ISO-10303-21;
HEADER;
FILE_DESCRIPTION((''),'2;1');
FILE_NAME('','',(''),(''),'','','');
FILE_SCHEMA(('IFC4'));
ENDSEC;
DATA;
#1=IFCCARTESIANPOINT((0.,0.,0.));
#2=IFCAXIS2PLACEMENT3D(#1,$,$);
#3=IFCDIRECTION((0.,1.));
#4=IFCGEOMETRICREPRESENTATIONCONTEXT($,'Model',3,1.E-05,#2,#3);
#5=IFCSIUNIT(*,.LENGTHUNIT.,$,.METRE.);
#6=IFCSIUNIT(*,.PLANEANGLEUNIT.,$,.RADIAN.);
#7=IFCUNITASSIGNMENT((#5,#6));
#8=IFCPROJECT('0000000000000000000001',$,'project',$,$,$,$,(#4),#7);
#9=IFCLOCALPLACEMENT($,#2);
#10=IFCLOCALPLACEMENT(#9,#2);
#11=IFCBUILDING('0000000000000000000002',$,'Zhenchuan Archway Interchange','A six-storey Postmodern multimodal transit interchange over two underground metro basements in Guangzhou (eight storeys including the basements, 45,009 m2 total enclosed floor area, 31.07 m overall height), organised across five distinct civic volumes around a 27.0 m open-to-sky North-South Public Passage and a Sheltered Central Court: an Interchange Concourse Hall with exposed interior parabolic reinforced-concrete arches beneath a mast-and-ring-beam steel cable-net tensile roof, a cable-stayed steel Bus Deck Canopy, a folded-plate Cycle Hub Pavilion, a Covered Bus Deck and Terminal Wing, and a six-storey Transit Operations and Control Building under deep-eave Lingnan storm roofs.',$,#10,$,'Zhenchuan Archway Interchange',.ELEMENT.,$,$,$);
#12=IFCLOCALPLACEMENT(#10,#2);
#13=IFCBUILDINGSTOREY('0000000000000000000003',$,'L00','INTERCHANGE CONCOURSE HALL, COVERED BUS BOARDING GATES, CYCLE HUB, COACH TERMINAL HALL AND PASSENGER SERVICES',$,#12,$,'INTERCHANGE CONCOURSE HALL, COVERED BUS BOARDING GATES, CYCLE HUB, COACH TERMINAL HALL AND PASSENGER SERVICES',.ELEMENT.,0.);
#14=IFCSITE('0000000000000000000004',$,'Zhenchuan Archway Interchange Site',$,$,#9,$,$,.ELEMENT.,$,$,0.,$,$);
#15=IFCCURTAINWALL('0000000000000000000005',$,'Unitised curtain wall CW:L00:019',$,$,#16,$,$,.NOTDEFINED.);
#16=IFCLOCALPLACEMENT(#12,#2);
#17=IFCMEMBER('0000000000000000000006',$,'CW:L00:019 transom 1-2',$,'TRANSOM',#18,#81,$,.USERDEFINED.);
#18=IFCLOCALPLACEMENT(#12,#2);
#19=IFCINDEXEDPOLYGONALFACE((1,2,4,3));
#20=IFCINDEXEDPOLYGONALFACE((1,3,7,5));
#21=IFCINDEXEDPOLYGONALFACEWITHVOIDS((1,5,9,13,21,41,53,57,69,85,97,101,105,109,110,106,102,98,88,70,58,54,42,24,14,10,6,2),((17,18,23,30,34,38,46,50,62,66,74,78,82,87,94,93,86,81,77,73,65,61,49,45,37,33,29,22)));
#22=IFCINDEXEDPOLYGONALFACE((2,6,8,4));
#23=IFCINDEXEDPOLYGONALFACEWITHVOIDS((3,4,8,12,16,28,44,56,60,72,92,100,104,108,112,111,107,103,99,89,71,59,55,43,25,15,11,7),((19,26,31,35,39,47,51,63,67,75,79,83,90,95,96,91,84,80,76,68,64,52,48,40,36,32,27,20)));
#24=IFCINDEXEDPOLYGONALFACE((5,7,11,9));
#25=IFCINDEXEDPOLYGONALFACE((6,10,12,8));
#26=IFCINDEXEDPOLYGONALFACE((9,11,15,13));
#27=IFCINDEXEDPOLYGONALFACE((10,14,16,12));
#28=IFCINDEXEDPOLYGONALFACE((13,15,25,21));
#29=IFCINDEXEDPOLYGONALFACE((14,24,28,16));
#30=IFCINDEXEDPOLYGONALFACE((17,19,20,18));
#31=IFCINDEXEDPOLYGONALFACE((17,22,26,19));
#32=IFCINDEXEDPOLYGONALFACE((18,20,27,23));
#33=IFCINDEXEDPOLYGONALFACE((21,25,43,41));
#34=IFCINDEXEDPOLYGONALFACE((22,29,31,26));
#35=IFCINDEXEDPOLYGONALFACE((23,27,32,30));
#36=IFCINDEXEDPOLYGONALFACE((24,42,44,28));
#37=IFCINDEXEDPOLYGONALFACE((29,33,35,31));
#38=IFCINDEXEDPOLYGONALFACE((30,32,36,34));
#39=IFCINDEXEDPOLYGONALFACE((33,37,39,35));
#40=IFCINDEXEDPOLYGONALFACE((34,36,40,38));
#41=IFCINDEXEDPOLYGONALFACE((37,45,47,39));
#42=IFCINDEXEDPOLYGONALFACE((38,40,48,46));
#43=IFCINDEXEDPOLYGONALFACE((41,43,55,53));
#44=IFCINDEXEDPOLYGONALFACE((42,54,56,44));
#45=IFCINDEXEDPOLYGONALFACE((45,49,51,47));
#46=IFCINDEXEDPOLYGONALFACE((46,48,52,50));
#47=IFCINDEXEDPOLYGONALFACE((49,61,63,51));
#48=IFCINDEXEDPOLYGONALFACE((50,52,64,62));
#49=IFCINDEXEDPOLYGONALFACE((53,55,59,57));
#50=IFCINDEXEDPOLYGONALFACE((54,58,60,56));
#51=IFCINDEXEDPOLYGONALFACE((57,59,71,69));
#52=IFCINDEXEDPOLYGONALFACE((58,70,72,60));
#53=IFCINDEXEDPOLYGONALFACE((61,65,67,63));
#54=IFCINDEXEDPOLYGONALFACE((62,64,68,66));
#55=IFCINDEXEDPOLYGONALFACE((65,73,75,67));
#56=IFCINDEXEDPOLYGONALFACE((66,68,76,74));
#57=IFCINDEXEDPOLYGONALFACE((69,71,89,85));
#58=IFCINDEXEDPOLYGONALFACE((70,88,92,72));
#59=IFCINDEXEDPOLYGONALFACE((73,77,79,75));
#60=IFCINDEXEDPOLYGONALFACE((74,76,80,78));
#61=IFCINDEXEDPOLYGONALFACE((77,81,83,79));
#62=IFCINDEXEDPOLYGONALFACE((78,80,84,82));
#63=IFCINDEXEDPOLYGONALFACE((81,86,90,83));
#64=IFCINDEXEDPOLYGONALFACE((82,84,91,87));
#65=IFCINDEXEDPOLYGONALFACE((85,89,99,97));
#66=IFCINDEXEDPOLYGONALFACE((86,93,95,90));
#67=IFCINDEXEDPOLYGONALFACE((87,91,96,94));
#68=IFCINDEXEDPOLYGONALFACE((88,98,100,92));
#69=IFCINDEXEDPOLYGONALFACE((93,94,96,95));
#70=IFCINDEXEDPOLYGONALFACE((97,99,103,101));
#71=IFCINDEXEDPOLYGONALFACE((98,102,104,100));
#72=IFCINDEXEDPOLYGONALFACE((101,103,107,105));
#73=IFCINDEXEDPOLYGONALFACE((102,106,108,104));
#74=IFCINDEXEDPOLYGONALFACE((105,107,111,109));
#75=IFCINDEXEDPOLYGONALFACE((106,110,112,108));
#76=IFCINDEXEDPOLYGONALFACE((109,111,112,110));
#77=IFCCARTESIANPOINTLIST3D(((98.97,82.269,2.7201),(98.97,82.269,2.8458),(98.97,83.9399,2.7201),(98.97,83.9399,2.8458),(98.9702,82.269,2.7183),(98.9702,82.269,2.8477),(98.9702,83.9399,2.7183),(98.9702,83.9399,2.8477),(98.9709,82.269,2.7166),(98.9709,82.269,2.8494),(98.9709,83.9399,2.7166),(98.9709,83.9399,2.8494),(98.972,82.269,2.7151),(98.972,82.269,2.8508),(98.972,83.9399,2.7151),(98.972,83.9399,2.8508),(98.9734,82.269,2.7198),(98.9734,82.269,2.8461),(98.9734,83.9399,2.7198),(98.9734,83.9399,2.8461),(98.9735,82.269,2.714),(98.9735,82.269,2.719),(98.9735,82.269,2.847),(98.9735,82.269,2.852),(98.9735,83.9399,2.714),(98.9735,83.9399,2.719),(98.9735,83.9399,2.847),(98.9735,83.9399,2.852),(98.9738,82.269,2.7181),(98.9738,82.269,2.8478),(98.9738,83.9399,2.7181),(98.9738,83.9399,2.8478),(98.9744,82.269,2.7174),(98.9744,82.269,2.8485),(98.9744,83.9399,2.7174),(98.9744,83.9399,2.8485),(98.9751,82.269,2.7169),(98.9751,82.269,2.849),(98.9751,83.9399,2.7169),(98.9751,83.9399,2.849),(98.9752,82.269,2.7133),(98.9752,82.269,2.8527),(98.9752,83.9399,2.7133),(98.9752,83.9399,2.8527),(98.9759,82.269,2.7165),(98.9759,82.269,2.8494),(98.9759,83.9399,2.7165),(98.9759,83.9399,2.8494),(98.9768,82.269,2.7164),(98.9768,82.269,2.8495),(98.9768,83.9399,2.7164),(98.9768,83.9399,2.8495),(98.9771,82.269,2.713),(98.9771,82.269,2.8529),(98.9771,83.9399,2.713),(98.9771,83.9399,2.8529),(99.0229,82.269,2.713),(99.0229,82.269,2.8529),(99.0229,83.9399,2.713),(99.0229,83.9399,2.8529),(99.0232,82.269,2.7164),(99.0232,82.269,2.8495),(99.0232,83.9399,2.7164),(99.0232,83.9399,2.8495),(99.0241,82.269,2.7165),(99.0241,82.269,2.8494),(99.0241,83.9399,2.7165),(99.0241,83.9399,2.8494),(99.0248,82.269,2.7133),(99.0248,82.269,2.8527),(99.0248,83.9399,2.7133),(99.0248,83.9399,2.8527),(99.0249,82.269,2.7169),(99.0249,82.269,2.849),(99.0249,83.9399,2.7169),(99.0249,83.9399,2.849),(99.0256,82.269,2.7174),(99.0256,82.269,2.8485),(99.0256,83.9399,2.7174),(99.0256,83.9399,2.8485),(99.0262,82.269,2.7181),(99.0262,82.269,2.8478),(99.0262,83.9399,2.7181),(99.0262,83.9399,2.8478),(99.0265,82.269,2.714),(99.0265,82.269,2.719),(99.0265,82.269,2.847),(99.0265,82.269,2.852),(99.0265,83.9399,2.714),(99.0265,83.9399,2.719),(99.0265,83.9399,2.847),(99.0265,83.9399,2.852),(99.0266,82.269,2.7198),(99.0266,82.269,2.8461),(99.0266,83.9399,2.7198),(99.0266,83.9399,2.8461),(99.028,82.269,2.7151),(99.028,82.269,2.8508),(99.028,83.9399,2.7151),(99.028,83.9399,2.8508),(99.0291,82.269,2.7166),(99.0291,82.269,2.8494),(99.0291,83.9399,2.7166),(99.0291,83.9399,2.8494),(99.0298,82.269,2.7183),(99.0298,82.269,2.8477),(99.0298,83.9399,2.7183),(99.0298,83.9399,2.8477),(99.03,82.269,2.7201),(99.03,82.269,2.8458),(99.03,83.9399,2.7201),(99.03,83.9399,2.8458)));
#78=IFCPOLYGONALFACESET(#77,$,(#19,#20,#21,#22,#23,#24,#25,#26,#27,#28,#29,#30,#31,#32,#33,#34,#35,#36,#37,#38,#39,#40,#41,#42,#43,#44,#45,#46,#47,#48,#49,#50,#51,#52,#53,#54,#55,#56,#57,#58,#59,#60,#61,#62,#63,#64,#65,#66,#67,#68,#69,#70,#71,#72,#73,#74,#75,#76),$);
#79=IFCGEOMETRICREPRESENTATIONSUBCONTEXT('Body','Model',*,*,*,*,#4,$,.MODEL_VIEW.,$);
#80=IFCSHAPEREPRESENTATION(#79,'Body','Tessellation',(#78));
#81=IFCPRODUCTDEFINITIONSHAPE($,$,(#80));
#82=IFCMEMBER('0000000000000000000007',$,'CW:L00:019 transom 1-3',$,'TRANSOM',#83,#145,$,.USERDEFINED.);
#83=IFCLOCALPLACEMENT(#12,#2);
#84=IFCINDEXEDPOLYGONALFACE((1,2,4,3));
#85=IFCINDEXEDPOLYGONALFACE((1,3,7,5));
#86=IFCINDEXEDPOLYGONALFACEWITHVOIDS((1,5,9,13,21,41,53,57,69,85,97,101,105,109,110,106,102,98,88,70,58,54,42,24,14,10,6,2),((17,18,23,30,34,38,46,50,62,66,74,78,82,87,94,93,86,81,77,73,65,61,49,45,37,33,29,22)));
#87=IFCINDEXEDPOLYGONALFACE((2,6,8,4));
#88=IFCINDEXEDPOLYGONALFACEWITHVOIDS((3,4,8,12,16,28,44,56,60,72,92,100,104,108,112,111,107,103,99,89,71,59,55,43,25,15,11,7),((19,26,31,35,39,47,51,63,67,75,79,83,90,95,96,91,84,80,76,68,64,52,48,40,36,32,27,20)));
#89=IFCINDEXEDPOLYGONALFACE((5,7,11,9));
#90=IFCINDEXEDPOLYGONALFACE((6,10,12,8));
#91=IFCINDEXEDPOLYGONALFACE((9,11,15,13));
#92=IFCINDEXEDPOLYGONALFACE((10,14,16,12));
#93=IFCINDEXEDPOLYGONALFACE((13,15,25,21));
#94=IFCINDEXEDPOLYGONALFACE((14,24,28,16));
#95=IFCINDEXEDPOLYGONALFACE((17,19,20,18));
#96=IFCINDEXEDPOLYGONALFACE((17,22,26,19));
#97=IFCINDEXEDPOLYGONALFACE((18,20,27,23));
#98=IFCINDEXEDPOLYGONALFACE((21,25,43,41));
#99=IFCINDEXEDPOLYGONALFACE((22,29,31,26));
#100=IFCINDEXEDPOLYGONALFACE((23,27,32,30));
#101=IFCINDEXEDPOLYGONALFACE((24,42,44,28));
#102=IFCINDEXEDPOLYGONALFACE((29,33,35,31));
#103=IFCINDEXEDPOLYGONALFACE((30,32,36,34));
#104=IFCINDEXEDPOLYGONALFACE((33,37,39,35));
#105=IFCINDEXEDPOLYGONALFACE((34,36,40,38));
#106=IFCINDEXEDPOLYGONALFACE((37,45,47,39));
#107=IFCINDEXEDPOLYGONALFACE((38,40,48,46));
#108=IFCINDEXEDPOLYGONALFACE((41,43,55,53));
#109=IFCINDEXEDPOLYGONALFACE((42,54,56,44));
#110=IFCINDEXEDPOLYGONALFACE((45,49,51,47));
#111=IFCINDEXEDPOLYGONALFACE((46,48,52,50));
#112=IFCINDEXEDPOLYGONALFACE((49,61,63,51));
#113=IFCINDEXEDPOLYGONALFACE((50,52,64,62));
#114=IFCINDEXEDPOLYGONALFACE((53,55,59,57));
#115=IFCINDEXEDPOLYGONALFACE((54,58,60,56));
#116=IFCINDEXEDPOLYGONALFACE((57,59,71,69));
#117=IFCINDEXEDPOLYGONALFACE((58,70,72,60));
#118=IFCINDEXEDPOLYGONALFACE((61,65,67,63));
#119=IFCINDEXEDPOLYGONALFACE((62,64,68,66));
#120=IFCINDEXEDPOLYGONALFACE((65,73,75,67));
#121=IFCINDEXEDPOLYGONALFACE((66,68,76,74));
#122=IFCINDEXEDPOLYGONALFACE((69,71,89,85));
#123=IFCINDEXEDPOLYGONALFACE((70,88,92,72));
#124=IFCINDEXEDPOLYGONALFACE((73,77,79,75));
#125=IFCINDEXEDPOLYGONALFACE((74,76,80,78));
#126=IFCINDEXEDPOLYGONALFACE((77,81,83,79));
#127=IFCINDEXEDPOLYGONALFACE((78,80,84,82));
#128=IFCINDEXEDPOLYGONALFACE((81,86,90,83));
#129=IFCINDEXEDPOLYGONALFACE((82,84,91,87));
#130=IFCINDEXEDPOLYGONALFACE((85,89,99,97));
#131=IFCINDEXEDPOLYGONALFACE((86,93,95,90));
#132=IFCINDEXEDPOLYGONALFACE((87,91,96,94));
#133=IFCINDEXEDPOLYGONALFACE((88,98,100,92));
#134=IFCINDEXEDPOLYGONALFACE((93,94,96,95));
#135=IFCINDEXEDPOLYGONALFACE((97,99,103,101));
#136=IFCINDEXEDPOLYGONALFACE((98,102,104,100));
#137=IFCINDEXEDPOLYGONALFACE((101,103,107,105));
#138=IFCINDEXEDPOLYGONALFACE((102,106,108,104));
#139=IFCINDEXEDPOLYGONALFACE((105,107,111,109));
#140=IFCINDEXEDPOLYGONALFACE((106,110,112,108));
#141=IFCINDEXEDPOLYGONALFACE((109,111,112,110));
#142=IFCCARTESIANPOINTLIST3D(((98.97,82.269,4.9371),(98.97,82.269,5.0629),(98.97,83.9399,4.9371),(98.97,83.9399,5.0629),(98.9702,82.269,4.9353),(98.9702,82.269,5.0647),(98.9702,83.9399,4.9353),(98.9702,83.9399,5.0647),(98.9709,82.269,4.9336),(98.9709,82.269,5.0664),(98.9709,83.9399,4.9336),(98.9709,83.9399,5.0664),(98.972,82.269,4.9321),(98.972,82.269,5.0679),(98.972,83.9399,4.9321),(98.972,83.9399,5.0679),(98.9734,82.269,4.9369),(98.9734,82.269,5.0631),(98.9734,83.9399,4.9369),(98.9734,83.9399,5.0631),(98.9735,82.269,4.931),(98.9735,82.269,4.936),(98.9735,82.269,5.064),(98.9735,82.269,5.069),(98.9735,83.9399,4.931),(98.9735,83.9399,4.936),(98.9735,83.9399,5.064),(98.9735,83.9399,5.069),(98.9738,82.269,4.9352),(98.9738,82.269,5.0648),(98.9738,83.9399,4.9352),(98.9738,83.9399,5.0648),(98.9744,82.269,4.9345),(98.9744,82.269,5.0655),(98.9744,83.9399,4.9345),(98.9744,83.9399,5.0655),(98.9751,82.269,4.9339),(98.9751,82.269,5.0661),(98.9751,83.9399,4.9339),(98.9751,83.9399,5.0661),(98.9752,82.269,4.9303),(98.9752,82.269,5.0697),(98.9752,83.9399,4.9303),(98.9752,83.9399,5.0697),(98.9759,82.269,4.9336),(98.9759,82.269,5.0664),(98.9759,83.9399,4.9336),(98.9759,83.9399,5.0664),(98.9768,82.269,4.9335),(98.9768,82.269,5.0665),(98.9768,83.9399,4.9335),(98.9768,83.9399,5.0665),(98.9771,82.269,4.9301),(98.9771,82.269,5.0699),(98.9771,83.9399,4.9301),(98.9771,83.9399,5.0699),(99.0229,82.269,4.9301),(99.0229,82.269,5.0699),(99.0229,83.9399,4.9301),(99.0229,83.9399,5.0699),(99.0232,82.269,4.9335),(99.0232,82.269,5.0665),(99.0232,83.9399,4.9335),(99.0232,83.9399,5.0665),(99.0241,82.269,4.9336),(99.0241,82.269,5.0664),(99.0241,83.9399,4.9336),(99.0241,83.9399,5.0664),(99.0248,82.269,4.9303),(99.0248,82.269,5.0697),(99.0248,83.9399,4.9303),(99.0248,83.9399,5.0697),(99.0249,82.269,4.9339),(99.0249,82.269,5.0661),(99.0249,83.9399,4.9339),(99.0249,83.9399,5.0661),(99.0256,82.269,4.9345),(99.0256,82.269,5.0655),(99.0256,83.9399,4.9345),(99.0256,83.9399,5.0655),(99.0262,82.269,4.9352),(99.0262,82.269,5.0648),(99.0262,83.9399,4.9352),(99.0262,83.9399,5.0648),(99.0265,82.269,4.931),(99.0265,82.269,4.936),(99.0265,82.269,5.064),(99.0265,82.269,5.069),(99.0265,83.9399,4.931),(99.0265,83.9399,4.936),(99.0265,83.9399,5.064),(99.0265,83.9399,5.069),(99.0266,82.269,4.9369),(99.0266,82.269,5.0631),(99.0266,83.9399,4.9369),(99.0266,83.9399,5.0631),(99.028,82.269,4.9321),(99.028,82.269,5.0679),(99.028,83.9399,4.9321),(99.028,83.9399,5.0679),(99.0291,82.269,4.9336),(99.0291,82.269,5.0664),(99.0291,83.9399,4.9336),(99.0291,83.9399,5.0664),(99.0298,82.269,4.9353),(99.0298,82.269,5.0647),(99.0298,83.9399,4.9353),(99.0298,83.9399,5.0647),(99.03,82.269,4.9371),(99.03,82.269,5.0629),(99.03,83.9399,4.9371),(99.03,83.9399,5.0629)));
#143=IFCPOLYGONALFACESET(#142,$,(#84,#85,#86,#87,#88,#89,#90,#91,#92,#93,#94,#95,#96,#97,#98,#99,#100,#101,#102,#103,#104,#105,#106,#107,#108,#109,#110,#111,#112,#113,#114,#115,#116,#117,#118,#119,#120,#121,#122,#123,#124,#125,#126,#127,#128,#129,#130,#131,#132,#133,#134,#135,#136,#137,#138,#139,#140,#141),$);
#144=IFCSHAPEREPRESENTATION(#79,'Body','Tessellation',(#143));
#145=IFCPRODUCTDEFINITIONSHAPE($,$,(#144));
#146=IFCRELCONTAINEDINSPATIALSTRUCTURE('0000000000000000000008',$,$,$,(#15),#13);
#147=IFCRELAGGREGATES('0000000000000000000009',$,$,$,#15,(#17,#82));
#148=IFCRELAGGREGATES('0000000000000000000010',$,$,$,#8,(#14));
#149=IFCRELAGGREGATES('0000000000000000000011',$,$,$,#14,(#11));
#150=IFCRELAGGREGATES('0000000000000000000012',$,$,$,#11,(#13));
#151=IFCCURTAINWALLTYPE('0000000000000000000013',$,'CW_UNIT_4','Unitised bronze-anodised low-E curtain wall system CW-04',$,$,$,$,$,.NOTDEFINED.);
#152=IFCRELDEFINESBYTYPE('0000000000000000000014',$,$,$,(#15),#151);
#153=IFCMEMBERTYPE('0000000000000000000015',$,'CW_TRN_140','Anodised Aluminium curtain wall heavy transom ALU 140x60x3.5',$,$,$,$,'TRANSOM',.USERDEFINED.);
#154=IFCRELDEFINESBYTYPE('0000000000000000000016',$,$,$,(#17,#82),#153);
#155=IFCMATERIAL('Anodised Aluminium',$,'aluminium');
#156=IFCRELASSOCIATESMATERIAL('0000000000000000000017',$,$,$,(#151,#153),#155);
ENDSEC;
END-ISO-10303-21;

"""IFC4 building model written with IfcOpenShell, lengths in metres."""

from ifc_helpers import new_model, si_unit, direction, frame, origin, origin_2d, place, context, subcontext, project, spatial, hollow_rectangle, extrude, material, material_profile, profile_set, type_object, element, aggregate, save


model = new_model("IFC4")

# Units and contexts
model_context = context("Model", 3, precision=1e-05, world=origin(), true_north=direction((0.0, 1.0)))
body_context = subcontext(model_context, "Body", "Model", "MODEL_VIEW")
ifc_project = project(units=[si_unit("LENGTHUNIT", "METRE"), si_unit("PLANEANGLEUNIT", "RADIAN")], contexts=[model_context])

# Site, building, storey
site_placement = place(None, origin())
site = spatial("IfcSite", under=ifc_project, at=site_placement, Name="Zhenchuan Archway Interchange Site", CompositionType="ELEMENT", RefElevation=0.0)
building_placement = place(site_placement, origin())
building = spatial("IfcBuilding", under=site, at=building_placement, Name="Zhenchuan Archway Interchange", Description="A six-storey Postmodern multimodal transit interchange over two underground metro basements in Guangzhou (eight storeys including the basements, 45,009 m2 total enclosed floor area, 31.07 m overall height), organised across five distinct civic volumes around a 27.0 m open-to-sky North-South Public Passage and a Sheltered Central Court: an Interchange Concourse Hall with exposed interior parabolic reinforced-concrete arches beneath a mast-and-ring-beam steel cable-net tensile roof, a cable-stayed steel Bus Deck Canopy, a folded-plate Cycle Hub Pavilion, a Covered Bus Deck and Terminal Wing, and a six-storey Transit Operations and Control Building under deep-eave Lingnan storm roofs.", LongName="Zhenchuan Archway Interchange", CompositionType="ELEMENT")
storey_placement = place(building_placement, origin())
storey = spatial("IfcBuildingStorey", under=building, at=storey_placement, Name="L00", Description="INTERCHANGE CONCOURSE HALL, COVERED BUS BOARDING GATES, CYCLE HUB, COACH TERMINAL HALL AND PASSENGER SERVICES", LongName="INTERCHANGE CONCOURSE HALL, COVERED BUS BOARDING GATES, CYCLE HUB, COACH TERMINAL HALL AND PASSENGER SERVICES", CompositionType="ELEMENT", Elevation=0.0)

# Curtain wall, members
ifc_material_1 = material(Name="Anodised Aluminium", Category="aluminium")
curtain_wall_type = type_object("IfcCurtainWallType", Name="CW_UNIT_4", Description="Unitised bronze-anodised low-E curtain wall system CW-04", PredefinedType="NOTDEFINED", material=ifc_material_1)
curtain_wall_placement = place(storey_placement, origin())
curtain_wall = element("IfcCurtainWall", 1, at=curtain_wall_placement, inside=storey, type_object=curtain_wall_type, Name="Unitised curtain wall CW:L00:019", PredefinedType="NOTDEFINED")
ifc_material_profile_1 = material_profile(ifc_material_1, hollow_rectangle(XDim=0.0601, YDim=0.1399, WallThickness=0.0034, InnerFilletRadius=0.0034, OuterFilletRadius=0.0071, at=origin_2d()), Name="ALU 140x60x3.5")
ifc_profile_set_1 = profile_set([ifc_material_profile_1], Name="Anodised Aluminium")
member_type = type_object("IfcMemberType", Name="CW_TRN_140", Description="Anodised Aluminium curtain wall heavy transom ALU 140x60x3.5", ElementType="TRANSOM", PredefinedType="USERDEFINED", material=ifc_profile_set_1)
member_1_placement = place(storey_placement, frame((99.0, 82.269, 2.783), z_axis=(0.0, 1.0, 0.0), x_axis=(-1.0, 0.0, 0.0)))
member_1 = element("IfcMember", 2, at=member_1_placement, type_object=member_type, Name="CW:L00:019 transom 1-2", ObjectType="TRANSOM", PredefinedType="USERDEFINED", context=body_context, shape_type="SweptSolid", body=[
    extrude(hollow_rectangle(XDim=0.0601, YDim=0.1399, WallThickness=0.0034, InnerFilletRadius=0.0034, OuterFilletRadius=0.0071, at=origin_2d()), origin(), (0.0, 0.0, 1.0), 1.6709),
])
member_2_placement = place(storey_placement, frame((99.0, 82.269, 5.0), z_axis=(0.0, 1.0, 0.0), x_axis=(-1.0, 0.0, 0.0)))
member_2 = element("IfcMember", 3, at=member_2_placement, type_object=member_type, Name="CW:L00:019 transom 1-3", ObjectType="TRANSOM", PredefinedType="USERDEFINED", context=body_context, shape_type="SweptSolid", body=[
    extrude(hollow_rectangle(XDim=0.0601, YDim=0.1399, WallThickness=0.0034, InnerFilletRadius=0.0034, OuterFilletRadius=0.0071, at=origin_2d()), origin(), (0.0, 0.0, 1.0), 1.6709),
])

aggregate(curtain_wall, [member_1, member_2])

save(model, "model.ifc")
